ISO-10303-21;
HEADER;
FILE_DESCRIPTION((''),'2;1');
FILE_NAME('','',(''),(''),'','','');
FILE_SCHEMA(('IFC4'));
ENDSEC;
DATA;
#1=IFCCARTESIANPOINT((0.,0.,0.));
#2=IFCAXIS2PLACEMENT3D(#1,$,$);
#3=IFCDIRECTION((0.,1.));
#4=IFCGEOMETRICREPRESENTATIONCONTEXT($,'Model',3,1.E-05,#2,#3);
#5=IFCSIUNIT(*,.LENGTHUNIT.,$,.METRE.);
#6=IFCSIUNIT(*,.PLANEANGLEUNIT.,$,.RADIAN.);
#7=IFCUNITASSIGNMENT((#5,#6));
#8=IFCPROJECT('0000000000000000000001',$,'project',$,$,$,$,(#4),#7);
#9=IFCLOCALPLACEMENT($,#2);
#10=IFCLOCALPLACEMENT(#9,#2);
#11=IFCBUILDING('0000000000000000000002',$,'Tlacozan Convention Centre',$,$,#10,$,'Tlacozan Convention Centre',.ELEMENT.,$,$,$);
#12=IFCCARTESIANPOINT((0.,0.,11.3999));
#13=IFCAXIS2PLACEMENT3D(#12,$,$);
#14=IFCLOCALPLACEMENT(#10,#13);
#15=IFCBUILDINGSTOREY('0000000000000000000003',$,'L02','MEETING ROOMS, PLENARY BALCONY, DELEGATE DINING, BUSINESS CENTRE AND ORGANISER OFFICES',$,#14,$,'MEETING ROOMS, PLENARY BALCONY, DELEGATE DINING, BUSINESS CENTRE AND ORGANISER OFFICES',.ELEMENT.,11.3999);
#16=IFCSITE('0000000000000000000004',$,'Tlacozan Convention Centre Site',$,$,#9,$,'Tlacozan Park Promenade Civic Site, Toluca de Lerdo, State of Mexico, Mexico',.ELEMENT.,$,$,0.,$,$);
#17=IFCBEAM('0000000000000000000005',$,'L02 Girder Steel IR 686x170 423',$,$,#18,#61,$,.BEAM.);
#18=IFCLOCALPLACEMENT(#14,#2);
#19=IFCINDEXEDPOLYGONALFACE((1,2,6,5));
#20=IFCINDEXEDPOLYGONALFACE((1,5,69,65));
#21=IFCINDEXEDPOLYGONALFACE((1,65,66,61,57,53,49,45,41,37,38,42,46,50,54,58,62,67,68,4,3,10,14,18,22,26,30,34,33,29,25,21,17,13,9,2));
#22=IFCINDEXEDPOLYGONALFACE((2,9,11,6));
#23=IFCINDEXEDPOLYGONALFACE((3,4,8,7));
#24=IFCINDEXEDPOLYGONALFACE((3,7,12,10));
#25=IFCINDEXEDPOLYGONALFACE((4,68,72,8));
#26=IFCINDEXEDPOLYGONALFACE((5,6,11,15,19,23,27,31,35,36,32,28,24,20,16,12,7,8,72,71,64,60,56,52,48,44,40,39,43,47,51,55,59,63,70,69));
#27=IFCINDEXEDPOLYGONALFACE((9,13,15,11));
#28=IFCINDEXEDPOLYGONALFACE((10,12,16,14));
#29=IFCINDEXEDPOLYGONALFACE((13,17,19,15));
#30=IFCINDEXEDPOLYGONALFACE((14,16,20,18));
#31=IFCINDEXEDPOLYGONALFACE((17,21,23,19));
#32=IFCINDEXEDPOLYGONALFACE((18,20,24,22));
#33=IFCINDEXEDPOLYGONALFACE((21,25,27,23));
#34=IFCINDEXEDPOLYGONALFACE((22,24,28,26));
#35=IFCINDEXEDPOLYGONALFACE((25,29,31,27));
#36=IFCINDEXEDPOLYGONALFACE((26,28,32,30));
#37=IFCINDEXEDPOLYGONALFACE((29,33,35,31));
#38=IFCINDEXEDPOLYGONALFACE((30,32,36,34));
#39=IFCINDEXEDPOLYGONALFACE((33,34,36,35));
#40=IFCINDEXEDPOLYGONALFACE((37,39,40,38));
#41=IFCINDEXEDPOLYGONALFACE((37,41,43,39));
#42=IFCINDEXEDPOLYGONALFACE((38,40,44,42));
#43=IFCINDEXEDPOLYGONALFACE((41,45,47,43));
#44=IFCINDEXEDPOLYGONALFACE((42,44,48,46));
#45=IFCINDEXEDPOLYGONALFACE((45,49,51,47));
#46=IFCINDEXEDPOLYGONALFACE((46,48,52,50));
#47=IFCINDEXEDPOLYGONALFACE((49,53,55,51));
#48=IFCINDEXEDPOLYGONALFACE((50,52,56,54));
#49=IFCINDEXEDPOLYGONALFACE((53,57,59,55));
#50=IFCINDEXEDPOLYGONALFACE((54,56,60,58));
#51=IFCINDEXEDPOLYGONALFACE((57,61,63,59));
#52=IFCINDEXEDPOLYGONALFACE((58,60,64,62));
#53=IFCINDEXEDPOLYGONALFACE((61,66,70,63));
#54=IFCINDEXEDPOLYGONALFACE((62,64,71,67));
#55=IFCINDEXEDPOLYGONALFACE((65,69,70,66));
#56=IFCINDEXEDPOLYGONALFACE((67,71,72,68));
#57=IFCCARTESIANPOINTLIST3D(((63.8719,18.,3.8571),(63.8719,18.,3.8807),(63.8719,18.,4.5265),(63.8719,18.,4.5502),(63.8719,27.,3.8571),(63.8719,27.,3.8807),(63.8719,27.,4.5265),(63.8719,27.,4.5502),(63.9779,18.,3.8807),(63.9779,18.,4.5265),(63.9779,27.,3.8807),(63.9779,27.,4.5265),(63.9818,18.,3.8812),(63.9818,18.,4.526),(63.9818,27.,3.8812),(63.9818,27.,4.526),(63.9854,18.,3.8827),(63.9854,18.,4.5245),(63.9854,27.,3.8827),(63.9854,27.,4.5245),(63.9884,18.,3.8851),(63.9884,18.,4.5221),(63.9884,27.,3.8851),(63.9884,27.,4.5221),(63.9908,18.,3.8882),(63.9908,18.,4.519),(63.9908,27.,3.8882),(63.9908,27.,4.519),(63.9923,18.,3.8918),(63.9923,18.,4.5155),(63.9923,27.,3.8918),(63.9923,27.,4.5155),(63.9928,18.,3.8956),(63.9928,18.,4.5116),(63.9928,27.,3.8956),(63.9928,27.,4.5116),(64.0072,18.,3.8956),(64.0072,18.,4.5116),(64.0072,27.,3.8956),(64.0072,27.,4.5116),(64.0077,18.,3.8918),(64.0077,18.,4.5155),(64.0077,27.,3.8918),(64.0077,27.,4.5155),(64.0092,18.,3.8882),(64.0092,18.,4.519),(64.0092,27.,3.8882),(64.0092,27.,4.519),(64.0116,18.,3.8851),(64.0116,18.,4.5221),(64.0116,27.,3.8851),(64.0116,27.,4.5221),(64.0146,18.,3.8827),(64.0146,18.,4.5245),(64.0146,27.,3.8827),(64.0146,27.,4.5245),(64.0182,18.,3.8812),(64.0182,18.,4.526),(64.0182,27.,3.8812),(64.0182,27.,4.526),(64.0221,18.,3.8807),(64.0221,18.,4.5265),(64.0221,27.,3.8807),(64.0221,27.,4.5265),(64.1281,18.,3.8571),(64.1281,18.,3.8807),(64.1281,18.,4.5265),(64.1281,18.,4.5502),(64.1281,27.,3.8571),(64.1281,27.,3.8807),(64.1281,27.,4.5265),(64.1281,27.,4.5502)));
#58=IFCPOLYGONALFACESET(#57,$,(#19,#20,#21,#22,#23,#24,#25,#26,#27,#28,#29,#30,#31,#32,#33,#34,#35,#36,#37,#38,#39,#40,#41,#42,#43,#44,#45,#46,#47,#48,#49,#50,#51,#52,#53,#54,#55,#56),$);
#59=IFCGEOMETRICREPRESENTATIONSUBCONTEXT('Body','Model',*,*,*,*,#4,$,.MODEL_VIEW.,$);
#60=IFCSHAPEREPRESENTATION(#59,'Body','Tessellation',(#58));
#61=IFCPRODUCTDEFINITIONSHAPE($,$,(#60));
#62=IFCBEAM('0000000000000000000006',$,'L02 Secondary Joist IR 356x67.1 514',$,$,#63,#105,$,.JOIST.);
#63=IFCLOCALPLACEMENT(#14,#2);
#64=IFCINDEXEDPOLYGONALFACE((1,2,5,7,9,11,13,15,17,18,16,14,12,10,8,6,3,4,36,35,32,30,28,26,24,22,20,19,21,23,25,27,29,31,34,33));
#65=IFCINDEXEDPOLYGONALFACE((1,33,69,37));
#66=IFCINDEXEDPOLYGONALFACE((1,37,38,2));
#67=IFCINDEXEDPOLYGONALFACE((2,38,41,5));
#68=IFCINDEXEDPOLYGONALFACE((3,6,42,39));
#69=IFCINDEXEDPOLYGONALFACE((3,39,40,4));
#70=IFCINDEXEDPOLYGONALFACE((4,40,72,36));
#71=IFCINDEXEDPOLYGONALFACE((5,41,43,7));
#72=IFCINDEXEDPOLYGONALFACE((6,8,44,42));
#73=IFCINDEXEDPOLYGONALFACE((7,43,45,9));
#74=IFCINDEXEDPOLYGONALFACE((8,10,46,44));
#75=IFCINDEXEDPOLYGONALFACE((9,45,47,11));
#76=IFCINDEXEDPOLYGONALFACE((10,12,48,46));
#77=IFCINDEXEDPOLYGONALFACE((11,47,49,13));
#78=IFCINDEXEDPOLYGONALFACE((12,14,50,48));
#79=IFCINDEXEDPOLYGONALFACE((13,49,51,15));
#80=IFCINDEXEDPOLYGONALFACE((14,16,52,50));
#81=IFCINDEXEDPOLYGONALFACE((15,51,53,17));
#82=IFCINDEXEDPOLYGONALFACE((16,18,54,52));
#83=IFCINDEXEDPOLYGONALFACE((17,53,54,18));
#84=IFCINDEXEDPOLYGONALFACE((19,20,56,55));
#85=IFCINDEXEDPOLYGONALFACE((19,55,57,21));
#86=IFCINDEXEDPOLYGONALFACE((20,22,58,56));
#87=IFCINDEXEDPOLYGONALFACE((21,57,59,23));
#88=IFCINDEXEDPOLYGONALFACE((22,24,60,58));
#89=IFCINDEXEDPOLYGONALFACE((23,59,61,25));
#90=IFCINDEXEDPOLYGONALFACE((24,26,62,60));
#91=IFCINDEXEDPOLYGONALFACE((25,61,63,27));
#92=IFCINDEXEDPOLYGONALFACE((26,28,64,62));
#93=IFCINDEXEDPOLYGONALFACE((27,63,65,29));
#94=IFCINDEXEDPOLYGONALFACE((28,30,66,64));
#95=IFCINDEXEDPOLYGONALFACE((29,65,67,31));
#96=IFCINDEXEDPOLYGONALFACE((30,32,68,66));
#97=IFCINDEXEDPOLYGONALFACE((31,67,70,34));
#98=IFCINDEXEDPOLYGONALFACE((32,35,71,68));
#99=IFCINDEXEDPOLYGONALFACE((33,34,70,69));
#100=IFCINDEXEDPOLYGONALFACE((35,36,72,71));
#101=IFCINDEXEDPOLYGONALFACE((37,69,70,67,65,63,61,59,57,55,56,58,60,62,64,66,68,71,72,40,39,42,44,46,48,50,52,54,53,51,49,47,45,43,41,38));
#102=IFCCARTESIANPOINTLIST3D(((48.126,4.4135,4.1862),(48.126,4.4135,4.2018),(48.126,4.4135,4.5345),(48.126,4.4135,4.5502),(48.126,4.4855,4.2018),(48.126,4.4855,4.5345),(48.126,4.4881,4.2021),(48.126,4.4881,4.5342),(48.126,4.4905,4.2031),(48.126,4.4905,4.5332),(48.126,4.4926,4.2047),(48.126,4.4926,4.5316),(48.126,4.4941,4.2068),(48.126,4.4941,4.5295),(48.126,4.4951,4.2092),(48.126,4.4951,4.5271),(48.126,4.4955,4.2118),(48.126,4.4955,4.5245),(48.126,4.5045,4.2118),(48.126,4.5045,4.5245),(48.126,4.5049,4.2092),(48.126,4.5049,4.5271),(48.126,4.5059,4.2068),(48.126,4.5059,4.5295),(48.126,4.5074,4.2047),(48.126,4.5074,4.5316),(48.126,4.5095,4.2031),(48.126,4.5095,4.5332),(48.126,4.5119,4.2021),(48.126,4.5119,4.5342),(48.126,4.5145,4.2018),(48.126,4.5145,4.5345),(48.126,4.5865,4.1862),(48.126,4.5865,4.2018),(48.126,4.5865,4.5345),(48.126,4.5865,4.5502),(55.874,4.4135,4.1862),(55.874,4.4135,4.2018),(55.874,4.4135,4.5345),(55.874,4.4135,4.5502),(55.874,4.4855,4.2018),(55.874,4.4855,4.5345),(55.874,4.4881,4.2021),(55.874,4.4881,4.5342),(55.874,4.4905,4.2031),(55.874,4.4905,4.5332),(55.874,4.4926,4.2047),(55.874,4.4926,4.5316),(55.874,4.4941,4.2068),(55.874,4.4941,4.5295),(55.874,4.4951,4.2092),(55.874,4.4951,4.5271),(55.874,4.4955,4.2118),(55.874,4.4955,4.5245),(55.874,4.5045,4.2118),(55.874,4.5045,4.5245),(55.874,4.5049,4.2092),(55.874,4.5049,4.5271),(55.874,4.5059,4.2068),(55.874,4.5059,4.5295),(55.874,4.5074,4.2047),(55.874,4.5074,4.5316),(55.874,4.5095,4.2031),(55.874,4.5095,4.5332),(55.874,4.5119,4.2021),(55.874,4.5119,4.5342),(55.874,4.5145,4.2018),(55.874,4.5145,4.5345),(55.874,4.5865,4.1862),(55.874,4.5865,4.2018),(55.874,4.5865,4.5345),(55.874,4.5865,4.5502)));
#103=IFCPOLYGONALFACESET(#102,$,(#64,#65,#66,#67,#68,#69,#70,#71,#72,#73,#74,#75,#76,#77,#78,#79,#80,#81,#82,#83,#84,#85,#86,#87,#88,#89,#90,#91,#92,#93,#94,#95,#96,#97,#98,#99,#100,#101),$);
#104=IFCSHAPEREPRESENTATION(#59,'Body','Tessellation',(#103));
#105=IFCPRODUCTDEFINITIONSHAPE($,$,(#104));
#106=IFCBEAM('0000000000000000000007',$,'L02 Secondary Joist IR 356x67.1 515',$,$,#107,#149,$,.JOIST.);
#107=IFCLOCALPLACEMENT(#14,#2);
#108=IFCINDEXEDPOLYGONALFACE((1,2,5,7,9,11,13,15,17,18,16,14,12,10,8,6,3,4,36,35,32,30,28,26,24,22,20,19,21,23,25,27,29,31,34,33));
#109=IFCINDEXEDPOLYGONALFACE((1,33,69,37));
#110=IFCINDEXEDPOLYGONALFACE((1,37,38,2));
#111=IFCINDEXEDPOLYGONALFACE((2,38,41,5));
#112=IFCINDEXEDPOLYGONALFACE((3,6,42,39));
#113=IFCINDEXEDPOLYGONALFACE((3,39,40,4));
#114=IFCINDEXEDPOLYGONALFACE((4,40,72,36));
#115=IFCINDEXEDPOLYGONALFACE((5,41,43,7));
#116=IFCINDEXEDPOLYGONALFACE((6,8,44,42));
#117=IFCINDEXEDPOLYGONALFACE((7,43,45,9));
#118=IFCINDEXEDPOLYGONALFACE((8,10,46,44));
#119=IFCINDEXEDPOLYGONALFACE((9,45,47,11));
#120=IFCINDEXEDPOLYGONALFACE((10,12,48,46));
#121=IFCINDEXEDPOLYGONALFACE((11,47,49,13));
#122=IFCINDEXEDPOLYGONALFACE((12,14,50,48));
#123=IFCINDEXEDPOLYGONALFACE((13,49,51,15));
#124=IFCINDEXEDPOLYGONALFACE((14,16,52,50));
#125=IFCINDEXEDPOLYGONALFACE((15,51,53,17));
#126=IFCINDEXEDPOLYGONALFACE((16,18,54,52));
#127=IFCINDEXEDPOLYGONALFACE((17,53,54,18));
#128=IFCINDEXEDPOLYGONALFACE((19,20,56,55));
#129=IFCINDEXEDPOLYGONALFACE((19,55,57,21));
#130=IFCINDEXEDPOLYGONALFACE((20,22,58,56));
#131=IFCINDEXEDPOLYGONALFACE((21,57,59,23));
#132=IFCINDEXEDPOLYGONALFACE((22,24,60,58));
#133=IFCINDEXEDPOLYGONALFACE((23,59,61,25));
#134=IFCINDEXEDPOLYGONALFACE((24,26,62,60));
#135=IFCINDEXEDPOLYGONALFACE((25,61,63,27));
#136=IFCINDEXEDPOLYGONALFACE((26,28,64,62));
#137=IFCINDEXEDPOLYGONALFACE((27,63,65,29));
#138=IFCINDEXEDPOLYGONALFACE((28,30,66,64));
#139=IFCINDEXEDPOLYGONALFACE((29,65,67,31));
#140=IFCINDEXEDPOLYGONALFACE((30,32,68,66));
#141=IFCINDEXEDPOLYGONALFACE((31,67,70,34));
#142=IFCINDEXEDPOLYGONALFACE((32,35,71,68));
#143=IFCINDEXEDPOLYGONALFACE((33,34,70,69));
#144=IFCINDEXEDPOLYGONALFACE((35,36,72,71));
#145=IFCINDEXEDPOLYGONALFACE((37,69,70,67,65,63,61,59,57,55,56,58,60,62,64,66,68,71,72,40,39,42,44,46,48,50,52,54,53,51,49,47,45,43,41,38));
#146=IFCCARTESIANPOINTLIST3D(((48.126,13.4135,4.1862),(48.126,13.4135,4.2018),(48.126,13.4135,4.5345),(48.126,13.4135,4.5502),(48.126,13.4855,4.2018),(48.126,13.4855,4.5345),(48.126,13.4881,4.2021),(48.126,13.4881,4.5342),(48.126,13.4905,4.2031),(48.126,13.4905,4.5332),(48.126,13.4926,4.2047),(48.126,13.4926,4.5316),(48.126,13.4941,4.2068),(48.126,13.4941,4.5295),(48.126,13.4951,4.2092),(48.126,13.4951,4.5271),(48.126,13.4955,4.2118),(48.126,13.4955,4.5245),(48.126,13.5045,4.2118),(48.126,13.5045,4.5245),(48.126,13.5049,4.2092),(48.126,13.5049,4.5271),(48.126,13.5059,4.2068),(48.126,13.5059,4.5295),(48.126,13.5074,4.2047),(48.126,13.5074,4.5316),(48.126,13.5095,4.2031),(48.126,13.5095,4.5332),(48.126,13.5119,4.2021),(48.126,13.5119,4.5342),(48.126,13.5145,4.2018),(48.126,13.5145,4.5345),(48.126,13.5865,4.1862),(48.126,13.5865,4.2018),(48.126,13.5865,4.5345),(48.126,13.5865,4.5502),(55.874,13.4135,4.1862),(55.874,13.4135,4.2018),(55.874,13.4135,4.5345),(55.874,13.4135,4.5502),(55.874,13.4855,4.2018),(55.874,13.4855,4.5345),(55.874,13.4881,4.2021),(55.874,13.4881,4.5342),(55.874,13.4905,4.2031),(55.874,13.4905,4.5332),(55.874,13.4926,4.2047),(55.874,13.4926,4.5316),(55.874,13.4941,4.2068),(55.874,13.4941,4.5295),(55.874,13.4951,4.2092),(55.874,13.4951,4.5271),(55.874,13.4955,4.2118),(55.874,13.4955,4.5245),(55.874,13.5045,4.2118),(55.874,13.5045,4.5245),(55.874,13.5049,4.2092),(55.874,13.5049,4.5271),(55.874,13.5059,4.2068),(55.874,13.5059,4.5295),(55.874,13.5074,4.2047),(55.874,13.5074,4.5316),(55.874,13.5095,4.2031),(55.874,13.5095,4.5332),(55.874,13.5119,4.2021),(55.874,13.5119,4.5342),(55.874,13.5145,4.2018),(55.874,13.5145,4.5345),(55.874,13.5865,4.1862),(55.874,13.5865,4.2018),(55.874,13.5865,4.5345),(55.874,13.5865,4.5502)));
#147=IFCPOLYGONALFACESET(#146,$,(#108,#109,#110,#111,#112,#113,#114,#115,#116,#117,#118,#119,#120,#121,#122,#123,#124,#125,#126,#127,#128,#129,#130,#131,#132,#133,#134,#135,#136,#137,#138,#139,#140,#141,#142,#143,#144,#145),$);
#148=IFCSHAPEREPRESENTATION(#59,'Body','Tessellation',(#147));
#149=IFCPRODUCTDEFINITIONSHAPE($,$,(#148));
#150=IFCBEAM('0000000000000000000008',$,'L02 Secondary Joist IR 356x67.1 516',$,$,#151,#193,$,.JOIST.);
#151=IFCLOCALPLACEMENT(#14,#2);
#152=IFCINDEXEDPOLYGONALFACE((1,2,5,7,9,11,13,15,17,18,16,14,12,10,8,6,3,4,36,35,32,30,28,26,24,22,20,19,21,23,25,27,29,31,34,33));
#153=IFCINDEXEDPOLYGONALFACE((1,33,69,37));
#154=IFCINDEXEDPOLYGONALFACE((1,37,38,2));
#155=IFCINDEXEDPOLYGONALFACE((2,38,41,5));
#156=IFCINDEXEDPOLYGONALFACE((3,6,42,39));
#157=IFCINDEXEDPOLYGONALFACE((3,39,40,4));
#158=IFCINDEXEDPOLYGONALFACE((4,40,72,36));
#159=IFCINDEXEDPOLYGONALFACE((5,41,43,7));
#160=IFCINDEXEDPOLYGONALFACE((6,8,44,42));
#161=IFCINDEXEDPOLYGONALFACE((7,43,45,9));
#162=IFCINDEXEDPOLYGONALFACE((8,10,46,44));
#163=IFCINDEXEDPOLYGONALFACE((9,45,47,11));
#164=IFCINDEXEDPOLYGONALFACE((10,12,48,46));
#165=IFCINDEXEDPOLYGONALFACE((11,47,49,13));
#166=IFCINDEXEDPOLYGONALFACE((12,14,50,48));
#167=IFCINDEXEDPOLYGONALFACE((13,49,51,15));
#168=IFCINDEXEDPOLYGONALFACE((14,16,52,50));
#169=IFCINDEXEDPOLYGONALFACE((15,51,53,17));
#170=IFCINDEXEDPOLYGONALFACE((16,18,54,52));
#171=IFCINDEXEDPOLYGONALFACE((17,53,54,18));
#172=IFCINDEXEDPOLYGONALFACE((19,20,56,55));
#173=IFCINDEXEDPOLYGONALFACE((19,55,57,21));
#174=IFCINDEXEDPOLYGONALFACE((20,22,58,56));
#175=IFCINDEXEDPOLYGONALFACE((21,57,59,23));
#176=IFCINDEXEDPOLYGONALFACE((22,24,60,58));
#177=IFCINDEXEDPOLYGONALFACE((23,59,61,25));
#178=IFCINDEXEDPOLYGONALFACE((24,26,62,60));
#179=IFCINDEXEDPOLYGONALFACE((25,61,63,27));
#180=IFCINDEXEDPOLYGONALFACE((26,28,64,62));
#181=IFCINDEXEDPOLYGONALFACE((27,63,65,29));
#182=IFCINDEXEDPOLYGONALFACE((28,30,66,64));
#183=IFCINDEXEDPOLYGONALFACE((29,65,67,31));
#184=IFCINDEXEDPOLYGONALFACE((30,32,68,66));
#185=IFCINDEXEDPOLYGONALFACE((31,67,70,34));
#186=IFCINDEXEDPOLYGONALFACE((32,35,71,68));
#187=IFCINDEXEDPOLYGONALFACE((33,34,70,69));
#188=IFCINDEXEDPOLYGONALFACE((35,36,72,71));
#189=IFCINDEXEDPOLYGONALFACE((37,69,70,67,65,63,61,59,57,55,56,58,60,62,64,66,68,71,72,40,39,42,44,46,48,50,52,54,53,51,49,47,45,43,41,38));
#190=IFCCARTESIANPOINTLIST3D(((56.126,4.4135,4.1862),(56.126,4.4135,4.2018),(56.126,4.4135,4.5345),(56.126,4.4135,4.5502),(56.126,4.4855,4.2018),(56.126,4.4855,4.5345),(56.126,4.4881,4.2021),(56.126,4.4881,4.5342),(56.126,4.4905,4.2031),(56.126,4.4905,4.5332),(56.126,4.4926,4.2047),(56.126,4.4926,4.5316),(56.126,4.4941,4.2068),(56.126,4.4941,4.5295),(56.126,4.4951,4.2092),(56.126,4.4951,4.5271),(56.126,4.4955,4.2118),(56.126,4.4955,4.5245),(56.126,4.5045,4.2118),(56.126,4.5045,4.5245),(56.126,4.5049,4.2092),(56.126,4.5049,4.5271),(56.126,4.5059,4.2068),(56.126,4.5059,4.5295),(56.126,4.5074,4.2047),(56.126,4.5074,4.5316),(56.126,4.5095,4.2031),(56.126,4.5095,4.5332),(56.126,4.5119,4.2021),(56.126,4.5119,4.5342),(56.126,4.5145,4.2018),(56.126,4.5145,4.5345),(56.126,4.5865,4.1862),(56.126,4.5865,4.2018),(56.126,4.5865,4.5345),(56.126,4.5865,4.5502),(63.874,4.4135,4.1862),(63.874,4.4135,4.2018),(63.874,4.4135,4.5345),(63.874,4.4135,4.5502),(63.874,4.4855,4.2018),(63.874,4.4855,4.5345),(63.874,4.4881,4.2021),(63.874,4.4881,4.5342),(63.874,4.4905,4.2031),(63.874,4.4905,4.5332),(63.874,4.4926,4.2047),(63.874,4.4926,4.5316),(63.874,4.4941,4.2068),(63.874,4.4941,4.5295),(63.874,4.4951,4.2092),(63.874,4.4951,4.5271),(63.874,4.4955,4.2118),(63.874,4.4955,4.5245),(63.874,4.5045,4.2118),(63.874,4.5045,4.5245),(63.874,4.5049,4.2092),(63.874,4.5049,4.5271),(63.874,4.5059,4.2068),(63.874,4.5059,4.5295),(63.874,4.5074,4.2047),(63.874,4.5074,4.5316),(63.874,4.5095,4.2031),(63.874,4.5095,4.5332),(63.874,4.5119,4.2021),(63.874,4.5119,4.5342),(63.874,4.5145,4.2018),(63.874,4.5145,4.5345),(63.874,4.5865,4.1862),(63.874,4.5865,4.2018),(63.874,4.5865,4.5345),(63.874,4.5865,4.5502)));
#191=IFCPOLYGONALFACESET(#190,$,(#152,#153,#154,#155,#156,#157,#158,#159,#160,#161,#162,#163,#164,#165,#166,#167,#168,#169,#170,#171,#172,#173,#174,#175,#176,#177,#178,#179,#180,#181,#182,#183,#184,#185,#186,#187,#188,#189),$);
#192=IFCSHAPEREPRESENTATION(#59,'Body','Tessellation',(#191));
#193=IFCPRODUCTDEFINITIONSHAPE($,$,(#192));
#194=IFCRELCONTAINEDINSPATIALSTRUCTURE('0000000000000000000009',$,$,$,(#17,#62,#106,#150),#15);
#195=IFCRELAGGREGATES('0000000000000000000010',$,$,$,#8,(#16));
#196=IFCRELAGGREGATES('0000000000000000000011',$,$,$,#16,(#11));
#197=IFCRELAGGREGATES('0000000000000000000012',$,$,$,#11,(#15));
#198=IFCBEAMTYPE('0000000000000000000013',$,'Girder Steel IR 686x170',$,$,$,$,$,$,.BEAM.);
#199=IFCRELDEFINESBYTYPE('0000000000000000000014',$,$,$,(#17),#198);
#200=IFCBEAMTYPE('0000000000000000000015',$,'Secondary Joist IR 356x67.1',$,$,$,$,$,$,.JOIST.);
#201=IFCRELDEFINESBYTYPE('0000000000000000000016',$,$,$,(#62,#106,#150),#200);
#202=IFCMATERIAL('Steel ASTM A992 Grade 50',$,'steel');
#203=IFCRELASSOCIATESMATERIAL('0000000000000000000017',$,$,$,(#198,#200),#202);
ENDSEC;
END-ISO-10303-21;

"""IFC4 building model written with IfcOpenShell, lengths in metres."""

from ifc_helpers import new_model, si_unit, direction, frame, origin, origin_2d, place, context, subcontext, project, spatial, i_section, extrude, material, material_profile, profile_set, type_object, element, save


model = new_model("IFC4")

# Units and contexts
model_context = context("Model", 3, precision=1e-05, world=origin(), true_north=direction((0.0, 1.0)))
body_context = subcontext(model_context, "Body", "Model", "MODEL_VIEW")
ifc_project = project(units=[si_unit("LENGTHUNIT", "METRE"), si_unit("PLANEANGLEUNIT", "RADIAN")], contexts=[model_context])

# Site, building, storey
site_placement = place(None, origin())
site = spatial("IfcSite", under=ifc_project, at=site_placement, Name="Tlacozan Convention Centre Site", LongName="Tlacozan Park Promenade Civic Site, Toluca de Lerdo, State of Mexico, Mexico", CompositionType="ELEMENT", RefElevation=0.0)
building_placement = place(site_placement, origin())
building = spatial("IfcBuilding", under=site, at=building_placement, Name="Tlacozan Convention Centre", LongName="Tlacozan Convention Centre", CompositionType="ELEMENT")
storey_placement = place(building_placement, frame((0.0, 0.0, 11.3999)))
storey = spatial("IfcBuildingStorey", under=building, at=storey_placement, Name="L02", Description="MEETING ROOMS, PLENARY BALCONY, DELEGATE DINING, BUSINESS CENTRE AND ORGANISER OFFICES", LongName="MEETING ROOMS, PLENARY BALCONY, DELEGATE DINING, BUSINESS CENTRE AND ORGANISER OFFICES", CompositionType="ELEMENT", Elevation=11.3999)

# Beams
ifc_material_1 = material(Name="Steel ASTM A992 Grade 50", Category="steel")
ifc_material_profile_1 = material_profile(ifc_material_1, i_section(OverallWidth=0.2561, OverallDepth=0.6931, WebThickness=0.0144, FlangeThickness=0.0237, FilletRadius=0.0149, at=origin_2d()), Name="IR 686x170.0")
ifc_profile_set_1 = profile_set([ifc_material_profile_1], Name="Steel ASTM A992 Grade 50")
beam_type_1 = type_object("IfcBeamType", Name="Girder Steel IR 686x170", PredefinedType="BEAM", material=ifc_profile_set_1)
for number, where, z_axis, x_axis, name in (
    (1, (64.0, 18.0, 4.2036), (0.0, 1.0, 0.0), (-1.0, 0.0, 0.0), "L02 Girder Steel IR 686x170 423"),
):
    element("IfcBeam", number, at=place(storey_placement, frame(where, z_axis=z_axis, x_axis=x_axis)), inside=storey, type_object=beam_type_1, Name=name, PredefinedType="BEAM", context=body_context, shape_type="SweptSolid", body=[
        extrude(i_section(OverallWidth=0.2561, OverallDepth=0.6931, WebThickness=0.0144, FlangeThickness=0.0237, FilletRadius=0.0149, at=origin_2d()), origin(), (0.0, 0.0, 1.0), 9.0),
    ])
ifc_material_profile_2 = material_profile(ifc_material_1, i_section(OverallWidth=0.1731, OverallDepth=0.364, WebThickness=0.009, FlangeThickness=0.0156, FilletRadius=0.01, at=origin_2d()), Name="IR 356x67.1")
ifc_profile_set_2 = profile_set([ifc_material_profile_2], Name="Steel ASTM A992 Grade 50")
beam_type_2 = type_object("IfcBeamType", Name="Secondary Joist IR 356x67.1", PredefinedType="JOIST", material=ifc_profile_set_2)
for number, where, z_axis, x_axis, name in (
    (2, (48.126, 4.5, 4.3682), (1.0, 0.0, 0.0), (0.0, 1.0, 0.0), "L02 Secondary Joist IR 356x67.1 514"),
    (3, (48.126, 13.5, 4.3682), (1.0, 0.0, 0.0), (0.0, 1.0, 0.0), "L02 Secondary Joist IR 356x67.1 515"),
    (4, (56.126, 4.5, 4.3682), (1.0, 0.0, 0.0), (0.0, 1.0, 0.0), "L02 Secondary Joist IR 356x67.1 516"),
):
    element("IfcBeam", number, at=place(storey_placement, frame(where, z_axis=z_axis, x_axis=x_axis)), inside=storey, type_object=beam_type_2, Name=name, PredefinedType="JOIST", context=body_context, shape_type="SweptSolid", body=[
        extrude(i_section(OverallWidth=0.1731, OverallDepth=0.364, WebThickness=0.009, FlangeThickness=0.0156, FilletRadius=0.01, at=origin_2d()), origin(), (0.0, 0.0, 1.0), 7.748),
    ])

save(model, "model.ifc")
